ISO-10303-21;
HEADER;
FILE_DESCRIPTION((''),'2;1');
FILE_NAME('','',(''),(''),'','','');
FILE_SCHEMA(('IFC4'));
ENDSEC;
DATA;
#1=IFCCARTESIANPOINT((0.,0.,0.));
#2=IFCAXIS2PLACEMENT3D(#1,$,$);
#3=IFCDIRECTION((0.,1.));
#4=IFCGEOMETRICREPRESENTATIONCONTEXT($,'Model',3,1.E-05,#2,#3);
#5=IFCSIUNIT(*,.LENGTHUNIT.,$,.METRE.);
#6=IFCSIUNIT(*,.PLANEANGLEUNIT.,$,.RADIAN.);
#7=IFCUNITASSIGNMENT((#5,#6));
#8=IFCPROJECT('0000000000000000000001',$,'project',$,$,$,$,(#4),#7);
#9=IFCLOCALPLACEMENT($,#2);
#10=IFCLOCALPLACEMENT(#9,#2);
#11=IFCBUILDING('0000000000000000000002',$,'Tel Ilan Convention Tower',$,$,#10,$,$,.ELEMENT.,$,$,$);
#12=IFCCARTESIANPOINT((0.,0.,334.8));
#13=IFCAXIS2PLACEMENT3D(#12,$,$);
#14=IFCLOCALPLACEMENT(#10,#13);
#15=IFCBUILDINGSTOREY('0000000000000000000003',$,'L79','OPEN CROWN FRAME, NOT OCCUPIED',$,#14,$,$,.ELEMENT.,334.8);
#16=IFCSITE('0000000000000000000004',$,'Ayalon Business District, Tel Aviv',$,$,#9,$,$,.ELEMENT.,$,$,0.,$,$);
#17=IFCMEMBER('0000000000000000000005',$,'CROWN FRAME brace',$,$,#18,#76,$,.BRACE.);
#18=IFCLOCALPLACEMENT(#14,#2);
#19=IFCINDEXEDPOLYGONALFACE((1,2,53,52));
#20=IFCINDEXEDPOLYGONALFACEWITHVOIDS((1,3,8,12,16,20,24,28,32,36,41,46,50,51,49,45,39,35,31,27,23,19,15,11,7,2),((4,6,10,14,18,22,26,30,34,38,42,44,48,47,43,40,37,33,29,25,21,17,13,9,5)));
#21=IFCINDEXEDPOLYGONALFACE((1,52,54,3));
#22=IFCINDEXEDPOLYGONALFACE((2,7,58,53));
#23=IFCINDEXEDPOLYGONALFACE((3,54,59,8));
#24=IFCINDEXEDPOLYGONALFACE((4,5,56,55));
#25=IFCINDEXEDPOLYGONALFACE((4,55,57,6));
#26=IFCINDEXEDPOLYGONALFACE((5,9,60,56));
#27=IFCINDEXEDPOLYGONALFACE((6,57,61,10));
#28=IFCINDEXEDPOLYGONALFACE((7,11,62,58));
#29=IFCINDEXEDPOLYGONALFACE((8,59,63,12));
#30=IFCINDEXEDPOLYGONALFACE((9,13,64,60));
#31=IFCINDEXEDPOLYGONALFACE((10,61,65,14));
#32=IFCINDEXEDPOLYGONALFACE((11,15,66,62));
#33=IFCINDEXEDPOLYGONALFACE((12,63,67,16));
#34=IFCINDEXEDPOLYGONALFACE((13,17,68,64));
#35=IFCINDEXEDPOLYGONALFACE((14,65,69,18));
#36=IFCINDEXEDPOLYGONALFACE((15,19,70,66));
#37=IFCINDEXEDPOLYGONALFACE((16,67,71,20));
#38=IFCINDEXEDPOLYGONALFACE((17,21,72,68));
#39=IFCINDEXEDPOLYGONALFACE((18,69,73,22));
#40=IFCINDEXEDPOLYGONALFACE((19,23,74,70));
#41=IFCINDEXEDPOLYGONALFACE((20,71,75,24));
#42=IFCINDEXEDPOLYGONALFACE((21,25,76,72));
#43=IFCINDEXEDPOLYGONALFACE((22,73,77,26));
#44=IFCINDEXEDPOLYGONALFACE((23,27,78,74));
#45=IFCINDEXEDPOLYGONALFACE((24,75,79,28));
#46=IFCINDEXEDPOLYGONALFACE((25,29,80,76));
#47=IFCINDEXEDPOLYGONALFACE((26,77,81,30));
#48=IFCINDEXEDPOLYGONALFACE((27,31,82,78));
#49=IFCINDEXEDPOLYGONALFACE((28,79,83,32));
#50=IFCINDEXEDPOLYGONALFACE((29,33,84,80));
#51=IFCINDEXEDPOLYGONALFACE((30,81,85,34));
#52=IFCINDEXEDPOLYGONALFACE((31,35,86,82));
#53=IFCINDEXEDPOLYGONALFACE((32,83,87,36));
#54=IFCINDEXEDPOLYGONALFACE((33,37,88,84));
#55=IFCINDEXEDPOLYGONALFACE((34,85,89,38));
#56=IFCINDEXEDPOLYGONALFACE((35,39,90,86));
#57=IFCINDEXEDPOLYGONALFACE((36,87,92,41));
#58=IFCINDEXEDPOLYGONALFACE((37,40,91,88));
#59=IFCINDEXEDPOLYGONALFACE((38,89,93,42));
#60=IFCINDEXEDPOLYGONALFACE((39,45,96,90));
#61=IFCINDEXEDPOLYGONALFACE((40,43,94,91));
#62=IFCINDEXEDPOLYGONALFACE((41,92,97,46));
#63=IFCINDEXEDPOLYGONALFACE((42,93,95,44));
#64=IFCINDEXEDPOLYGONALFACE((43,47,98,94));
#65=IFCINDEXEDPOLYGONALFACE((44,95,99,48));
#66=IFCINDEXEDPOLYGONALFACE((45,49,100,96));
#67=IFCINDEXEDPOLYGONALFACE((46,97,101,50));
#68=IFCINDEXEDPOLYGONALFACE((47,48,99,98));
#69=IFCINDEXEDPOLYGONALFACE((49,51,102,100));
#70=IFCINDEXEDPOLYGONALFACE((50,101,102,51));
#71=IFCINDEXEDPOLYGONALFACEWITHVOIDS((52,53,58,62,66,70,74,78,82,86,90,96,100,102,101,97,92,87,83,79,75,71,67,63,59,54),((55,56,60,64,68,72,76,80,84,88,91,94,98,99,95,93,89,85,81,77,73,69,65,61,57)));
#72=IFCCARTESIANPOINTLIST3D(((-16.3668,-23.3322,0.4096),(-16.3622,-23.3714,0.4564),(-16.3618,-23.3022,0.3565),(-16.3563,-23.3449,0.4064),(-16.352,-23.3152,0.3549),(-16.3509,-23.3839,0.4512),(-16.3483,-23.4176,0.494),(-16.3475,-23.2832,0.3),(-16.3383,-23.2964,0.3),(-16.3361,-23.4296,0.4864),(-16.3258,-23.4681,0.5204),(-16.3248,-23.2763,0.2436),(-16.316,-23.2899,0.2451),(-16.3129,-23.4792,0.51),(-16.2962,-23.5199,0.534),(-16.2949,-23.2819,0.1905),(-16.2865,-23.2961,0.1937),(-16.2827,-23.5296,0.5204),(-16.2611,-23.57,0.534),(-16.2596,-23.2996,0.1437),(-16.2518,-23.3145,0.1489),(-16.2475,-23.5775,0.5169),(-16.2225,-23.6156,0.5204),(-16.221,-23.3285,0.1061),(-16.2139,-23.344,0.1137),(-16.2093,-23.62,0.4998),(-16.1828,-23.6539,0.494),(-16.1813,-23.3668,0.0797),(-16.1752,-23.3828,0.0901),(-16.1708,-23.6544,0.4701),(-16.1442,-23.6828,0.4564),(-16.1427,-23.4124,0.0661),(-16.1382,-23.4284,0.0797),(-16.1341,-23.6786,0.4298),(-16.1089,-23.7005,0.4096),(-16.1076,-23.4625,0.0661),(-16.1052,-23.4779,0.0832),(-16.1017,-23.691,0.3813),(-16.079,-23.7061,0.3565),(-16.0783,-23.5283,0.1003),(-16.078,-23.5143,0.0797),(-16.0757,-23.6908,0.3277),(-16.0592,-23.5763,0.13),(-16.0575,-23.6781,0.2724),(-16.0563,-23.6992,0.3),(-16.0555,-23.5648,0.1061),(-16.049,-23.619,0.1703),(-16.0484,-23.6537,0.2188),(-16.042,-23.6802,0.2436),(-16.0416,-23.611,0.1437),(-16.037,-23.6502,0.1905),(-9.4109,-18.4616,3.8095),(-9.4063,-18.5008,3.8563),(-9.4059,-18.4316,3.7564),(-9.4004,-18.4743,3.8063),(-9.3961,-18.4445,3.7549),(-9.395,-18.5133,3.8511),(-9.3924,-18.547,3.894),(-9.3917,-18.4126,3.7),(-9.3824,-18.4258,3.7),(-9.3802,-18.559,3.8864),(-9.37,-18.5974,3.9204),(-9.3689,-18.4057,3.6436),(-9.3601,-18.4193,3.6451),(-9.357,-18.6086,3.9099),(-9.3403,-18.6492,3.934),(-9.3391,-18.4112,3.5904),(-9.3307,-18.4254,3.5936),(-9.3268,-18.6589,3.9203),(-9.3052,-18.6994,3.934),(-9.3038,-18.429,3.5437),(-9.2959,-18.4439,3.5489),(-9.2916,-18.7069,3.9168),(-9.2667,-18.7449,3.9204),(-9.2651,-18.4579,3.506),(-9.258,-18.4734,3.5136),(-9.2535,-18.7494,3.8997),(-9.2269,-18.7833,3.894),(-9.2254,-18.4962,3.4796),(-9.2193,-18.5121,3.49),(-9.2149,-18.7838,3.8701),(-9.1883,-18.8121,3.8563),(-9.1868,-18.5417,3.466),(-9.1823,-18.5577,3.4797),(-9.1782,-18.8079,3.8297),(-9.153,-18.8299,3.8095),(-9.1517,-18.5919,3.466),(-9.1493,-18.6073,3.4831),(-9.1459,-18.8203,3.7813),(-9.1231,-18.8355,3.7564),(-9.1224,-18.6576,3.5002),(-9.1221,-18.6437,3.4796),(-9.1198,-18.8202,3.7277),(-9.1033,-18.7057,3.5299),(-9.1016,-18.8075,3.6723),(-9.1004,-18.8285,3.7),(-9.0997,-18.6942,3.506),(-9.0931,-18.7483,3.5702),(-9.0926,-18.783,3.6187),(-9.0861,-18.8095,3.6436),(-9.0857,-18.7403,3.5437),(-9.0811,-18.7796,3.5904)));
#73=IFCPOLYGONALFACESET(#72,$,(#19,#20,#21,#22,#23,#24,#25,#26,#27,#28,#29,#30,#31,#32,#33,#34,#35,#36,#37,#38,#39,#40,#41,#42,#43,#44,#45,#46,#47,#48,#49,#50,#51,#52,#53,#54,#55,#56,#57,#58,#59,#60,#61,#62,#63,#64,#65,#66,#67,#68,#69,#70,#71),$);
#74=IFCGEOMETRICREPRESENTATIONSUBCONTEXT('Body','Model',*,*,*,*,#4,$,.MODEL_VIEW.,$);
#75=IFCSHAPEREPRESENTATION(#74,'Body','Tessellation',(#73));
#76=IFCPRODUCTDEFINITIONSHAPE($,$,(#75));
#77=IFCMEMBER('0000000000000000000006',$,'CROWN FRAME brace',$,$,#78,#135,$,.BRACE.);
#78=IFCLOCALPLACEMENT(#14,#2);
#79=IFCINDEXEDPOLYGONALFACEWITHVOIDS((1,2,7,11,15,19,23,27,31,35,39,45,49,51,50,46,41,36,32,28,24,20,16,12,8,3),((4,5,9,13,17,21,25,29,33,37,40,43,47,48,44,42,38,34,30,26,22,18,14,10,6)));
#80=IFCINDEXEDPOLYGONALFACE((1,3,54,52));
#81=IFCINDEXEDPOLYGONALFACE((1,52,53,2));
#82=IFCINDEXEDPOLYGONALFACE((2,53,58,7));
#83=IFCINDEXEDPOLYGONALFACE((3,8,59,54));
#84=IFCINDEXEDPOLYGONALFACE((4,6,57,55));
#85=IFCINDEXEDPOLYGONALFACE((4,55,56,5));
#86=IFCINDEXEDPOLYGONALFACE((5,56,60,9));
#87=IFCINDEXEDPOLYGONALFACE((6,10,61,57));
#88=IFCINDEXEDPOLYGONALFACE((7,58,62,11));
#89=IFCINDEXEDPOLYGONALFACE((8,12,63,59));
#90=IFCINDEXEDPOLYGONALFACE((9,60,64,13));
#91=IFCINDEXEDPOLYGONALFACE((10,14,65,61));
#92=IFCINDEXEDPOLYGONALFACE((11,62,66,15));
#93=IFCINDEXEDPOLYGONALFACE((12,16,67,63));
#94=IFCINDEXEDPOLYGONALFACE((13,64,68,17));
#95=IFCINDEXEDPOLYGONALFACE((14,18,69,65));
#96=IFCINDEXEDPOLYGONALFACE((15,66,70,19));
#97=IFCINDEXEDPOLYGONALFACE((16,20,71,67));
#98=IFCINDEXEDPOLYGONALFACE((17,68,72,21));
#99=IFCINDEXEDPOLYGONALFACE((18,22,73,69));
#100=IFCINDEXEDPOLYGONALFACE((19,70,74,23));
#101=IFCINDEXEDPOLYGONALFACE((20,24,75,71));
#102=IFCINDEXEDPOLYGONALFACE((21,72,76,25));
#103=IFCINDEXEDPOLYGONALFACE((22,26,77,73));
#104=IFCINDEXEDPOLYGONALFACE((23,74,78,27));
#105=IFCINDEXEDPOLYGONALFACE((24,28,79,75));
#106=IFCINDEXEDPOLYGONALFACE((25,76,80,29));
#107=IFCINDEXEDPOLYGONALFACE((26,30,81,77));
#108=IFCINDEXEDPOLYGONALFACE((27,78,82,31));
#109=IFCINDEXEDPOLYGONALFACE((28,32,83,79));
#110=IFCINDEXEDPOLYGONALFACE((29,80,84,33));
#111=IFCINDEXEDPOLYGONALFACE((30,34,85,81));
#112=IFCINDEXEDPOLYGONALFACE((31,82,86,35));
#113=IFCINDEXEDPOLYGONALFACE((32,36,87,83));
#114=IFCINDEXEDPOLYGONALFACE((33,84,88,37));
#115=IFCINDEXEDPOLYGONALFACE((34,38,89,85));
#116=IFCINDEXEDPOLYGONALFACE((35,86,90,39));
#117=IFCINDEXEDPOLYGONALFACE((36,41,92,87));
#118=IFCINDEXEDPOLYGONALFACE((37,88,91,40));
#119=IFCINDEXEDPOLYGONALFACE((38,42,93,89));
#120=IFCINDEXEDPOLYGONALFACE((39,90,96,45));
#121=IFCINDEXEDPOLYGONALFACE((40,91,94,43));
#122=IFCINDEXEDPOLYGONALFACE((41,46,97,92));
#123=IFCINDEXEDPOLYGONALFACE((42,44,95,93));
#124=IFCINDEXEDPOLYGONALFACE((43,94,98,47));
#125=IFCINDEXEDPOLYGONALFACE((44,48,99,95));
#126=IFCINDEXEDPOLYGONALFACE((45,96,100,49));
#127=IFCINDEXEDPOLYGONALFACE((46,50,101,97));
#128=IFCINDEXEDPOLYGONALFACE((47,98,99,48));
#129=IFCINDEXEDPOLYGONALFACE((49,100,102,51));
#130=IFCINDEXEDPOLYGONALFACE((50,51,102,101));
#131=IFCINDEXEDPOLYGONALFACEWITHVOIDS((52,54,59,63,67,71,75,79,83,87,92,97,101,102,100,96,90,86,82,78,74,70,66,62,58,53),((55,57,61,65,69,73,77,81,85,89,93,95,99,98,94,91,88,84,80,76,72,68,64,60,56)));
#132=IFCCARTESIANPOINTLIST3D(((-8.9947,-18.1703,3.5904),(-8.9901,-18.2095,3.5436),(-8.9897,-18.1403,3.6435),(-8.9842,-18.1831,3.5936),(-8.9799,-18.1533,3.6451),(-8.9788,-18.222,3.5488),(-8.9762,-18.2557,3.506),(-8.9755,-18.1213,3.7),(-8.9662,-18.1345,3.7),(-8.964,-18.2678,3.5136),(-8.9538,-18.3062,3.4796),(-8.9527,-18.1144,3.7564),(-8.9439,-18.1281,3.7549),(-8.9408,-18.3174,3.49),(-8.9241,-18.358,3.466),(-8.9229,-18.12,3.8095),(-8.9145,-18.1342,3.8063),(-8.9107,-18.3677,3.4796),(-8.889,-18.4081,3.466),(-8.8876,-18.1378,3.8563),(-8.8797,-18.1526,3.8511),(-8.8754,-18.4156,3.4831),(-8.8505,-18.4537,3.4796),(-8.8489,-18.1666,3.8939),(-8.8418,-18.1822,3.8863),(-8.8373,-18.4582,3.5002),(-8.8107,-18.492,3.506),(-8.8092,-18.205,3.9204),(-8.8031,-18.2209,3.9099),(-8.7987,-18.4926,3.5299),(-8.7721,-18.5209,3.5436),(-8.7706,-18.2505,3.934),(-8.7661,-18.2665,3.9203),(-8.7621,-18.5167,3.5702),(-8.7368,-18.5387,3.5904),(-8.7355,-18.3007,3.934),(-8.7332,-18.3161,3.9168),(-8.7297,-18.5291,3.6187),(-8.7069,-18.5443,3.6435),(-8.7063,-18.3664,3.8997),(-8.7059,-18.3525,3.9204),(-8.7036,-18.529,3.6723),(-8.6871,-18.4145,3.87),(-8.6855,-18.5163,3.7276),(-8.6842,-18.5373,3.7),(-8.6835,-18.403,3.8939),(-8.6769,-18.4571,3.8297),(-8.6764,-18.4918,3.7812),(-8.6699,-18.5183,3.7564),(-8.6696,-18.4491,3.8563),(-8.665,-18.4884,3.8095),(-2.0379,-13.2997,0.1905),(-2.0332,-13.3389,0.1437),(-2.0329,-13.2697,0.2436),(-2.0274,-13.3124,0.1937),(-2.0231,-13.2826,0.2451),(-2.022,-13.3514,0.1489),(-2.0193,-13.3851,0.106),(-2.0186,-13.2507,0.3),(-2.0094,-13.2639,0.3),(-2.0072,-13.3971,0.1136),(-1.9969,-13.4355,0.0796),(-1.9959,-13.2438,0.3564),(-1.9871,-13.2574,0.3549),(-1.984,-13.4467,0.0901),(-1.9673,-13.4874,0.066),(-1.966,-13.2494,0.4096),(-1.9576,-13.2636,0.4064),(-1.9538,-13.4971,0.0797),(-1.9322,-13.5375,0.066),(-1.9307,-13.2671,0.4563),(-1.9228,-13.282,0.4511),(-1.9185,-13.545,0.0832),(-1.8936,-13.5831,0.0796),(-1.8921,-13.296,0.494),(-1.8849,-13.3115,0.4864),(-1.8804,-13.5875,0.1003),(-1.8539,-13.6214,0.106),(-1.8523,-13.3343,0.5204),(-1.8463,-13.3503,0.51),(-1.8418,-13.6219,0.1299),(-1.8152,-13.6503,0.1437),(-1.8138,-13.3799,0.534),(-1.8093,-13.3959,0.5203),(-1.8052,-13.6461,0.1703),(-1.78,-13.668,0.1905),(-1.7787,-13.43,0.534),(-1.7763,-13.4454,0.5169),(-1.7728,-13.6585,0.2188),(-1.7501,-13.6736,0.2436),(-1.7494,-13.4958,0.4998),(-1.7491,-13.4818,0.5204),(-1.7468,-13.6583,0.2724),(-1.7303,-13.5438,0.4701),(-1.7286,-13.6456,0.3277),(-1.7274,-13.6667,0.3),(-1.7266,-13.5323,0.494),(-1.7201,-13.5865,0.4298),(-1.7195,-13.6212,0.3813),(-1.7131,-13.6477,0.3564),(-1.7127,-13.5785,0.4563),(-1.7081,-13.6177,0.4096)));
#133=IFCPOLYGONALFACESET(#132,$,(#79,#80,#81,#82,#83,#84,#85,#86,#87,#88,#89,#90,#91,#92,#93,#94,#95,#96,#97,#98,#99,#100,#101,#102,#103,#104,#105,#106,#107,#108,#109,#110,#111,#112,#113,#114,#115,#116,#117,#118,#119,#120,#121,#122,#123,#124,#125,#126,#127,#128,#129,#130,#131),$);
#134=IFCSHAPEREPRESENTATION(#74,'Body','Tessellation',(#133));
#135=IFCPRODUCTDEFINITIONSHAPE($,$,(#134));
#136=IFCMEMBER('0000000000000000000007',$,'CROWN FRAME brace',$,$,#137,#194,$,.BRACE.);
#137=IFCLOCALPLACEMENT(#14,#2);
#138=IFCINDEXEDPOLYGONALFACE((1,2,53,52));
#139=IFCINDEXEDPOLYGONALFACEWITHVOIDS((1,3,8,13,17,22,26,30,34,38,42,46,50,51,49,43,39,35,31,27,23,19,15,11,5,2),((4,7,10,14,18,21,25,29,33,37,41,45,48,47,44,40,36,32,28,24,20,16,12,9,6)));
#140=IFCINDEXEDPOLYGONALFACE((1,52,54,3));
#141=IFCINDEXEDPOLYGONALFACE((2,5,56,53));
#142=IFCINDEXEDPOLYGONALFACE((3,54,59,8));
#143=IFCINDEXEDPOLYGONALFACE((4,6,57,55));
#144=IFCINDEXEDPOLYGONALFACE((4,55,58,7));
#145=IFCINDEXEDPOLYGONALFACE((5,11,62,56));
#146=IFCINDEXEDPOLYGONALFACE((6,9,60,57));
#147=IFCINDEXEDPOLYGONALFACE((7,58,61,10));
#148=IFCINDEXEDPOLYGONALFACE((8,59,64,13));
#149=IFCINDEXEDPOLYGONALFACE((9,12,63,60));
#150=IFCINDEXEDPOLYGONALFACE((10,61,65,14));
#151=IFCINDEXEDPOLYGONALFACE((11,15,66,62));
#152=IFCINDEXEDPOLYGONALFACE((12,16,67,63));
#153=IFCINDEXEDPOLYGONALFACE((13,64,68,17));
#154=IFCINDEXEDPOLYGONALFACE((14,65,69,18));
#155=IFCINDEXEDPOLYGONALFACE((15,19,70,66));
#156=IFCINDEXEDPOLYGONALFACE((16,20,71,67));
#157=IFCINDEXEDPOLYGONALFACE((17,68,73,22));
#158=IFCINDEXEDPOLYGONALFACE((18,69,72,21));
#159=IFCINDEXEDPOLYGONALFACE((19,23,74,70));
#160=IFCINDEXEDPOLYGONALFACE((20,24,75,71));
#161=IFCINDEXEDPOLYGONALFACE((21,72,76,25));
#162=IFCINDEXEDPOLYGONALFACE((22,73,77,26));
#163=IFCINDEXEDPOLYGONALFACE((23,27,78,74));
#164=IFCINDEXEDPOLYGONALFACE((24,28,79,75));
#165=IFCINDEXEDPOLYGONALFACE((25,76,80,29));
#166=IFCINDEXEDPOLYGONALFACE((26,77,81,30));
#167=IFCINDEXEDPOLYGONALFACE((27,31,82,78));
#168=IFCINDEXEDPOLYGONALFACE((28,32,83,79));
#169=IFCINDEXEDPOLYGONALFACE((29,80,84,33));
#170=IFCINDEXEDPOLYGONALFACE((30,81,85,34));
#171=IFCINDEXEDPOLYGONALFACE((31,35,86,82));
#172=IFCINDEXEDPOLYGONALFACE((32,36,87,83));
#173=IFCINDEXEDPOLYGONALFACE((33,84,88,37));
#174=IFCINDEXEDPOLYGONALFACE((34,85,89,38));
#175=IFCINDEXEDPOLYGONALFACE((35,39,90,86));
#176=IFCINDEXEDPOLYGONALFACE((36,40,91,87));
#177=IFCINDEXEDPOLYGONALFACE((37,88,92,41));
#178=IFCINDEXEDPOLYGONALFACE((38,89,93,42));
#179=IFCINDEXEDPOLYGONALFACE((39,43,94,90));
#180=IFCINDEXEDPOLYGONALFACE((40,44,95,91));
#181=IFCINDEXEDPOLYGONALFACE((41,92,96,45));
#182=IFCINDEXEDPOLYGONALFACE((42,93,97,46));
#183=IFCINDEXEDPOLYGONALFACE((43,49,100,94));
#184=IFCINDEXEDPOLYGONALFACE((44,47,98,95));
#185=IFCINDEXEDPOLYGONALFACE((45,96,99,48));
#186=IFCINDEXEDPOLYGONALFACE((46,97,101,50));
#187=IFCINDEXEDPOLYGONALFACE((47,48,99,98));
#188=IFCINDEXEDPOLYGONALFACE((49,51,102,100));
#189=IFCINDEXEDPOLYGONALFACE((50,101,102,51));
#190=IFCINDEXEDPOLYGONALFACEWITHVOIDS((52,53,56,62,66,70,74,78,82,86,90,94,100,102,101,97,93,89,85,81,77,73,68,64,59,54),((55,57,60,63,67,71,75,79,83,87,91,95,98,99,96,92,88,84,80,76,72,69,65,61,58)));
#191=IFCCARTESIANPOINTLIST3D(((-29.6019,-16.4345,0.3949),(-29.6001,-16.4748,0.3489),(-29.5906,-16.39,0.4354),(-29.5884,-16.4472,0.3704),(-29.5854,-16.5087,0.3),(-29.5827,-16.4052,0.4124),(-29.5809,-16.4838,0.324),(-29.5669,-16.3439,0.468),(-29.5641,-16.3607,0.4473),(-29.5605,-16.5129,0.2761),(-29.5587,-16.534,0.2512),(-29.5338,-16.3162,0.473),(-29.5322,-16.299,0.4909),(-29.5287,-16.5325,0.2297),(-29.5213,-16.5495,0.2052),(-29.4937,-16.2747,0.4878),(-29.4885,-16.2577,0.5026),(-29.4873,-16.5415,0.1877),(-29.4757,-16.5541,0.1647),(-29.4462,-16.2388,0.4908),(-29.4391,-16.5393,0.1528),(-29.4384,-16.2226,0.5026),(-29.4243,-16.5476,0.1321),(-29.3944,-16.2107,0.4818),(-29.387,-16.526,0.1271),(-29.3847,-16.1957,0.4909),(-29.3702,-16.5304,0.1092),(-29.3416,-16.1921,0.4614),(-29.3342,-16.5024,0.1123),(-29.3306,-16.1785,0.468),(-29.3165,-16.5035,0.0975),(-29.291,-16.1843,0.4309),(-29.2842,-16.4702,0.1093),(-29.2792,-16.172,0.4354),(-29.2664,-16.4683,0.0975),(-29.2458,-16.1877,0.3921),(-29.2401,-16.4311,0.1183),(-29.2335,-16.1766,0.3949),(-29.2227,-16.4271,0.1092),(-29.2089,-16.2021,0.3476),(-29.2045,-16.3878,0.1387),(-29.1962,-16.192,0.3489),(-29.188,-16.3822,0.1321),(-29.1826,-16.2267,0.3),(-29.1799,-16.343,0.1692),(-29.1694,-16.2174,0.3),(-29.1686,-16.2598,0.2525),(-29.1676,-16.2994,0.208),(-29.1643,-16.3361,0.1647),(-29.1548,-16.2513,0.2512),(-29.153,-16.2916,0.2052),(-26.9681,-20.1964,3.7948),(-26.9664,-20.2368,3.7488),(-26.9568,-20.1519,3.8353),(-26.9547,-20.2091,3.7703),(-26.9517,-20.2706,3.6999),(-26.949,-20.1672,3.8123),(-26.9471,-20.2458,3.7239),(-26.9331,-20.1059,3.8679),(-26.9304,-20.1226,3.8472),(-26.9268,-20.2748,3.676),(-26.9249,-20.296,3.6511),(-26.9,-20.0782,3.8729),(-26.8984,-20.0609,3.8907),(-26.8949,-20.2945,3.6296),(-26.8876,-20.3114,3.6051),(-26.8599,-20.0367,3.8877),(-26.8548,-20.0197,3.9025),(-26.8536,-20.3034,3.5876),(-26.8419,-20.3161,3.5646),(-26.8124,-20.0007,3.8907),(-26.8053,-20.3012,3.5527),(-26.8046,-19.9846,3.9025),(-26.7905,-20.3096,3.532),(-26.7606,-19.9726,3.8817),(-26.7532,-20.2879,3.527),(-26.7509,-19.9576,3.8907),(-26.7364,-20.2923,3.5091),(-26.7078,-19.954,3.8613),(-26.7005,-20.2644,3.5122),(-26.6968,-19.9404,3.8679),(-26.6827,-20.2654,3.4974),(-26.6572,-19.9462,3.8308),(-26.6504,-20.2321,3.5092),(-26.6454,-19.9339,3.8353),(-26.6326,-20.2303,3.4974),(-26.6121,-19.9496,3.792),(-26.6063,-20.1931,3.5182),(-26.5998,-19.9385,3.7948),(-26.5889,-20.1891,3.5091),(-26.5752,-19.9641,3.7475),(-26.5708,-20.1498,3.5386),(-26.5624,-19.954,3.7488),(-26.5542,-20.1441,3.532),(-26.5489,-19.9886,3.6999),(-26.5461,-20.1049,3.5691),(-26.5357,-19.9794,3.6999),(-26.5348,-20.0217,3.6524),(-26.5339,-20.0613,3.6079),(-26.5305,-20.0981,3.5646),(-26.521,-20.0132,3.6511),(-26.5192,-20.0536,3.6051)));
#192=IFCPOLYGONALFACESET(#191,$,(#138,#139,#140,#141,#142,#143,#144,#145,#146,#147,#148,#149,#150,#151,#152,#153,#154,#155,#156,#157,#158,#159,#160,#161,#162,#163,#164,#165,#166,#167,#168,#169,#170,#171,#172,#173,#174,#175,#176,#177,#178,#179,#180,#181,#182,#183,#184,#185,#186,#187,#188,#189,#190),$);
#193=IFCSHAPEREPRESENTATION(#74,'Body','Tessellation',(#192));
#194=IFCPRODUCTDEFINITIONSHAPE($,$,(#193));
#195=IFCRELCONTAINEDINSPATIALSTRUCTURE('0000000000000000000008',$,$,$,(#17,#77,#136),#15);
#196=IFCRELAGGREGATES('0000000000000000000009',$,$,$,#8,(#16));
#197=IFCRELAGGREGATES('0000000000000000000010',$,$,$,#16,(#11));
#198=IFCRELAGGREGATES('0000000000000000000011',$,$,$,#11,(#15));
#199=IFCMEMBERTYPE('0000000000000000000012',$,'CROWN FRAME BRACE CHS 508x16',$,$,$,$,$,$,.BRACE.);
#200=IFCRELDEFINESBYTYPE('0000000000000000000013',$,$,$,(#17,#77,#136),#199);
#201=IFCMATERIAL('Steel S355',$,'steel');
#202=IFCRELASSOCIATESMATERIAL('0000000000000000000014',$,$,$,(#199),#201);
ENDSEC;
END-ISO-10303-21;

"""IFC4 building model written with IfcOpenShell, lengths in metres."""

from ifc_helpers import new_model, si_unit, direction, frame, origin, origin_2d, place, context, subcontext, project, spatial, hollow_circle, extrude, material, material_profile, profile_set, type_object, element, save


model = new_model("IFC4")

# Units and contexts
model_context = context("Model", 3, precision=1e-05, world=origin(), true_north=direction((0.0, 1.0)))
body_context = subcontext(model_context, "Body", "Model", "MODEL_VIEW")
ifc_project = project(units=[si_unit("LENGTHUNIT", "METRE"), si_unit("PLANEANGLEUNIT", "RADIAN")], contexts=[model_context])

# Site, building, storey
site_placement = place(None, origin())
site = spatial("IfcSite", under=ifc_project, at=site_placement, Name="Ayalon Business District, Tel Aviv", CompositionType="ELEMENT", RefElevation=0.0)
building_placement = place(site_placement, origin())
building = spatial("IfcBuilding", under=site, at=building_placement, Name="Tel Ilan Convention Tower", CompositionType="ELEMENT")
storey_placement = place(building_placement, frame((0.0, 0.0, 334.8)))
storey = spatial("IfcBuildingStorey", under=building, at=storey_placement, Name="L79", Description="OPEN CROWN FRAME, NOT OCCUPIED", CompositionType="ELEMENT", Elevation=334.8)

# Members
ifc_material_1 = material(Name="Steel S355", Category="steel")
ifc_material_profile_1 = material_profile(ifc_material_1, hollow_circle(Radius=0.2539, WallThickness=0.0161, at=origin_2d()), Name="CHS 508x16")
ifc_profile_set_1 = profile_set([ifc_material_profile_1], Name="Steel S355")
member_type = type_object("IfcMemberType", Name="CROWN FRAME BRACE CHS 508x16", PredefinedType="BRACE", material=ifc_profile_set_1)
member_1_placement = place(storey_placement, frame((-16.2019, -23.4912, 0.3), z_axis=(0.760457, 0.532488, 0.371701), x_axis=(-0.573584, 0.819147, 0.0)))
element("IfcMember", 1, at=member_1_placement, inside=storey, type_object=member_type, Name="CROWN FRAME brace", PredefinedType="BRACE", context=body_context, shape_type="SweptSolid", body=[
    extrude(hollow_circle(Radius=0.2539, WallThickness=0.0161, at=origin_2d()), origin(), (0.0, 0.0, 1.0), 9.147),
])
member_2_placement = place(storey_placement, frame((-8.8298, -18.3293, 3.7), z_axis=(0.760502, 0.532445, -0.371671), x_axis=(-0.57353, 0.819185, 0.0)))
element("IfcMember", 2, at=member_2_placement, inside=storey, type_object=member_type, Name="CROWN FRAME brace", PredefinedType="BRACE", context=body_context, shape_type="SweptSolid", body=[
    extrude(hollow_circle(Radius=0.2539, WallThickness=0.0161, at=origin_2d()), origin(), (0.0, 0.0, 1.0), 9.1477),
])
member_3_placement = place(storey_placement, frame((-29.3774, -16.363, 0.3), z_axis=(0.460945, -0.658389, 0.595024), x_axis=(0.819189, 0.573523, 0.0)))
element("IfcMember", 3, at=member_3_placement, inside=storey, type_object=member_type, Name="CROWN FRAME brace", PredefinedType="BRACE", context=body_context, shape_type="SweptSolid", body=[
    extrude(hollow_circle(Radius=0.2539, WallThickness=0.0161, at=origin_2d()), origin(), (0.0, 0.0, 1.0), 5.7139),
])

save(model, "model.ifc")
